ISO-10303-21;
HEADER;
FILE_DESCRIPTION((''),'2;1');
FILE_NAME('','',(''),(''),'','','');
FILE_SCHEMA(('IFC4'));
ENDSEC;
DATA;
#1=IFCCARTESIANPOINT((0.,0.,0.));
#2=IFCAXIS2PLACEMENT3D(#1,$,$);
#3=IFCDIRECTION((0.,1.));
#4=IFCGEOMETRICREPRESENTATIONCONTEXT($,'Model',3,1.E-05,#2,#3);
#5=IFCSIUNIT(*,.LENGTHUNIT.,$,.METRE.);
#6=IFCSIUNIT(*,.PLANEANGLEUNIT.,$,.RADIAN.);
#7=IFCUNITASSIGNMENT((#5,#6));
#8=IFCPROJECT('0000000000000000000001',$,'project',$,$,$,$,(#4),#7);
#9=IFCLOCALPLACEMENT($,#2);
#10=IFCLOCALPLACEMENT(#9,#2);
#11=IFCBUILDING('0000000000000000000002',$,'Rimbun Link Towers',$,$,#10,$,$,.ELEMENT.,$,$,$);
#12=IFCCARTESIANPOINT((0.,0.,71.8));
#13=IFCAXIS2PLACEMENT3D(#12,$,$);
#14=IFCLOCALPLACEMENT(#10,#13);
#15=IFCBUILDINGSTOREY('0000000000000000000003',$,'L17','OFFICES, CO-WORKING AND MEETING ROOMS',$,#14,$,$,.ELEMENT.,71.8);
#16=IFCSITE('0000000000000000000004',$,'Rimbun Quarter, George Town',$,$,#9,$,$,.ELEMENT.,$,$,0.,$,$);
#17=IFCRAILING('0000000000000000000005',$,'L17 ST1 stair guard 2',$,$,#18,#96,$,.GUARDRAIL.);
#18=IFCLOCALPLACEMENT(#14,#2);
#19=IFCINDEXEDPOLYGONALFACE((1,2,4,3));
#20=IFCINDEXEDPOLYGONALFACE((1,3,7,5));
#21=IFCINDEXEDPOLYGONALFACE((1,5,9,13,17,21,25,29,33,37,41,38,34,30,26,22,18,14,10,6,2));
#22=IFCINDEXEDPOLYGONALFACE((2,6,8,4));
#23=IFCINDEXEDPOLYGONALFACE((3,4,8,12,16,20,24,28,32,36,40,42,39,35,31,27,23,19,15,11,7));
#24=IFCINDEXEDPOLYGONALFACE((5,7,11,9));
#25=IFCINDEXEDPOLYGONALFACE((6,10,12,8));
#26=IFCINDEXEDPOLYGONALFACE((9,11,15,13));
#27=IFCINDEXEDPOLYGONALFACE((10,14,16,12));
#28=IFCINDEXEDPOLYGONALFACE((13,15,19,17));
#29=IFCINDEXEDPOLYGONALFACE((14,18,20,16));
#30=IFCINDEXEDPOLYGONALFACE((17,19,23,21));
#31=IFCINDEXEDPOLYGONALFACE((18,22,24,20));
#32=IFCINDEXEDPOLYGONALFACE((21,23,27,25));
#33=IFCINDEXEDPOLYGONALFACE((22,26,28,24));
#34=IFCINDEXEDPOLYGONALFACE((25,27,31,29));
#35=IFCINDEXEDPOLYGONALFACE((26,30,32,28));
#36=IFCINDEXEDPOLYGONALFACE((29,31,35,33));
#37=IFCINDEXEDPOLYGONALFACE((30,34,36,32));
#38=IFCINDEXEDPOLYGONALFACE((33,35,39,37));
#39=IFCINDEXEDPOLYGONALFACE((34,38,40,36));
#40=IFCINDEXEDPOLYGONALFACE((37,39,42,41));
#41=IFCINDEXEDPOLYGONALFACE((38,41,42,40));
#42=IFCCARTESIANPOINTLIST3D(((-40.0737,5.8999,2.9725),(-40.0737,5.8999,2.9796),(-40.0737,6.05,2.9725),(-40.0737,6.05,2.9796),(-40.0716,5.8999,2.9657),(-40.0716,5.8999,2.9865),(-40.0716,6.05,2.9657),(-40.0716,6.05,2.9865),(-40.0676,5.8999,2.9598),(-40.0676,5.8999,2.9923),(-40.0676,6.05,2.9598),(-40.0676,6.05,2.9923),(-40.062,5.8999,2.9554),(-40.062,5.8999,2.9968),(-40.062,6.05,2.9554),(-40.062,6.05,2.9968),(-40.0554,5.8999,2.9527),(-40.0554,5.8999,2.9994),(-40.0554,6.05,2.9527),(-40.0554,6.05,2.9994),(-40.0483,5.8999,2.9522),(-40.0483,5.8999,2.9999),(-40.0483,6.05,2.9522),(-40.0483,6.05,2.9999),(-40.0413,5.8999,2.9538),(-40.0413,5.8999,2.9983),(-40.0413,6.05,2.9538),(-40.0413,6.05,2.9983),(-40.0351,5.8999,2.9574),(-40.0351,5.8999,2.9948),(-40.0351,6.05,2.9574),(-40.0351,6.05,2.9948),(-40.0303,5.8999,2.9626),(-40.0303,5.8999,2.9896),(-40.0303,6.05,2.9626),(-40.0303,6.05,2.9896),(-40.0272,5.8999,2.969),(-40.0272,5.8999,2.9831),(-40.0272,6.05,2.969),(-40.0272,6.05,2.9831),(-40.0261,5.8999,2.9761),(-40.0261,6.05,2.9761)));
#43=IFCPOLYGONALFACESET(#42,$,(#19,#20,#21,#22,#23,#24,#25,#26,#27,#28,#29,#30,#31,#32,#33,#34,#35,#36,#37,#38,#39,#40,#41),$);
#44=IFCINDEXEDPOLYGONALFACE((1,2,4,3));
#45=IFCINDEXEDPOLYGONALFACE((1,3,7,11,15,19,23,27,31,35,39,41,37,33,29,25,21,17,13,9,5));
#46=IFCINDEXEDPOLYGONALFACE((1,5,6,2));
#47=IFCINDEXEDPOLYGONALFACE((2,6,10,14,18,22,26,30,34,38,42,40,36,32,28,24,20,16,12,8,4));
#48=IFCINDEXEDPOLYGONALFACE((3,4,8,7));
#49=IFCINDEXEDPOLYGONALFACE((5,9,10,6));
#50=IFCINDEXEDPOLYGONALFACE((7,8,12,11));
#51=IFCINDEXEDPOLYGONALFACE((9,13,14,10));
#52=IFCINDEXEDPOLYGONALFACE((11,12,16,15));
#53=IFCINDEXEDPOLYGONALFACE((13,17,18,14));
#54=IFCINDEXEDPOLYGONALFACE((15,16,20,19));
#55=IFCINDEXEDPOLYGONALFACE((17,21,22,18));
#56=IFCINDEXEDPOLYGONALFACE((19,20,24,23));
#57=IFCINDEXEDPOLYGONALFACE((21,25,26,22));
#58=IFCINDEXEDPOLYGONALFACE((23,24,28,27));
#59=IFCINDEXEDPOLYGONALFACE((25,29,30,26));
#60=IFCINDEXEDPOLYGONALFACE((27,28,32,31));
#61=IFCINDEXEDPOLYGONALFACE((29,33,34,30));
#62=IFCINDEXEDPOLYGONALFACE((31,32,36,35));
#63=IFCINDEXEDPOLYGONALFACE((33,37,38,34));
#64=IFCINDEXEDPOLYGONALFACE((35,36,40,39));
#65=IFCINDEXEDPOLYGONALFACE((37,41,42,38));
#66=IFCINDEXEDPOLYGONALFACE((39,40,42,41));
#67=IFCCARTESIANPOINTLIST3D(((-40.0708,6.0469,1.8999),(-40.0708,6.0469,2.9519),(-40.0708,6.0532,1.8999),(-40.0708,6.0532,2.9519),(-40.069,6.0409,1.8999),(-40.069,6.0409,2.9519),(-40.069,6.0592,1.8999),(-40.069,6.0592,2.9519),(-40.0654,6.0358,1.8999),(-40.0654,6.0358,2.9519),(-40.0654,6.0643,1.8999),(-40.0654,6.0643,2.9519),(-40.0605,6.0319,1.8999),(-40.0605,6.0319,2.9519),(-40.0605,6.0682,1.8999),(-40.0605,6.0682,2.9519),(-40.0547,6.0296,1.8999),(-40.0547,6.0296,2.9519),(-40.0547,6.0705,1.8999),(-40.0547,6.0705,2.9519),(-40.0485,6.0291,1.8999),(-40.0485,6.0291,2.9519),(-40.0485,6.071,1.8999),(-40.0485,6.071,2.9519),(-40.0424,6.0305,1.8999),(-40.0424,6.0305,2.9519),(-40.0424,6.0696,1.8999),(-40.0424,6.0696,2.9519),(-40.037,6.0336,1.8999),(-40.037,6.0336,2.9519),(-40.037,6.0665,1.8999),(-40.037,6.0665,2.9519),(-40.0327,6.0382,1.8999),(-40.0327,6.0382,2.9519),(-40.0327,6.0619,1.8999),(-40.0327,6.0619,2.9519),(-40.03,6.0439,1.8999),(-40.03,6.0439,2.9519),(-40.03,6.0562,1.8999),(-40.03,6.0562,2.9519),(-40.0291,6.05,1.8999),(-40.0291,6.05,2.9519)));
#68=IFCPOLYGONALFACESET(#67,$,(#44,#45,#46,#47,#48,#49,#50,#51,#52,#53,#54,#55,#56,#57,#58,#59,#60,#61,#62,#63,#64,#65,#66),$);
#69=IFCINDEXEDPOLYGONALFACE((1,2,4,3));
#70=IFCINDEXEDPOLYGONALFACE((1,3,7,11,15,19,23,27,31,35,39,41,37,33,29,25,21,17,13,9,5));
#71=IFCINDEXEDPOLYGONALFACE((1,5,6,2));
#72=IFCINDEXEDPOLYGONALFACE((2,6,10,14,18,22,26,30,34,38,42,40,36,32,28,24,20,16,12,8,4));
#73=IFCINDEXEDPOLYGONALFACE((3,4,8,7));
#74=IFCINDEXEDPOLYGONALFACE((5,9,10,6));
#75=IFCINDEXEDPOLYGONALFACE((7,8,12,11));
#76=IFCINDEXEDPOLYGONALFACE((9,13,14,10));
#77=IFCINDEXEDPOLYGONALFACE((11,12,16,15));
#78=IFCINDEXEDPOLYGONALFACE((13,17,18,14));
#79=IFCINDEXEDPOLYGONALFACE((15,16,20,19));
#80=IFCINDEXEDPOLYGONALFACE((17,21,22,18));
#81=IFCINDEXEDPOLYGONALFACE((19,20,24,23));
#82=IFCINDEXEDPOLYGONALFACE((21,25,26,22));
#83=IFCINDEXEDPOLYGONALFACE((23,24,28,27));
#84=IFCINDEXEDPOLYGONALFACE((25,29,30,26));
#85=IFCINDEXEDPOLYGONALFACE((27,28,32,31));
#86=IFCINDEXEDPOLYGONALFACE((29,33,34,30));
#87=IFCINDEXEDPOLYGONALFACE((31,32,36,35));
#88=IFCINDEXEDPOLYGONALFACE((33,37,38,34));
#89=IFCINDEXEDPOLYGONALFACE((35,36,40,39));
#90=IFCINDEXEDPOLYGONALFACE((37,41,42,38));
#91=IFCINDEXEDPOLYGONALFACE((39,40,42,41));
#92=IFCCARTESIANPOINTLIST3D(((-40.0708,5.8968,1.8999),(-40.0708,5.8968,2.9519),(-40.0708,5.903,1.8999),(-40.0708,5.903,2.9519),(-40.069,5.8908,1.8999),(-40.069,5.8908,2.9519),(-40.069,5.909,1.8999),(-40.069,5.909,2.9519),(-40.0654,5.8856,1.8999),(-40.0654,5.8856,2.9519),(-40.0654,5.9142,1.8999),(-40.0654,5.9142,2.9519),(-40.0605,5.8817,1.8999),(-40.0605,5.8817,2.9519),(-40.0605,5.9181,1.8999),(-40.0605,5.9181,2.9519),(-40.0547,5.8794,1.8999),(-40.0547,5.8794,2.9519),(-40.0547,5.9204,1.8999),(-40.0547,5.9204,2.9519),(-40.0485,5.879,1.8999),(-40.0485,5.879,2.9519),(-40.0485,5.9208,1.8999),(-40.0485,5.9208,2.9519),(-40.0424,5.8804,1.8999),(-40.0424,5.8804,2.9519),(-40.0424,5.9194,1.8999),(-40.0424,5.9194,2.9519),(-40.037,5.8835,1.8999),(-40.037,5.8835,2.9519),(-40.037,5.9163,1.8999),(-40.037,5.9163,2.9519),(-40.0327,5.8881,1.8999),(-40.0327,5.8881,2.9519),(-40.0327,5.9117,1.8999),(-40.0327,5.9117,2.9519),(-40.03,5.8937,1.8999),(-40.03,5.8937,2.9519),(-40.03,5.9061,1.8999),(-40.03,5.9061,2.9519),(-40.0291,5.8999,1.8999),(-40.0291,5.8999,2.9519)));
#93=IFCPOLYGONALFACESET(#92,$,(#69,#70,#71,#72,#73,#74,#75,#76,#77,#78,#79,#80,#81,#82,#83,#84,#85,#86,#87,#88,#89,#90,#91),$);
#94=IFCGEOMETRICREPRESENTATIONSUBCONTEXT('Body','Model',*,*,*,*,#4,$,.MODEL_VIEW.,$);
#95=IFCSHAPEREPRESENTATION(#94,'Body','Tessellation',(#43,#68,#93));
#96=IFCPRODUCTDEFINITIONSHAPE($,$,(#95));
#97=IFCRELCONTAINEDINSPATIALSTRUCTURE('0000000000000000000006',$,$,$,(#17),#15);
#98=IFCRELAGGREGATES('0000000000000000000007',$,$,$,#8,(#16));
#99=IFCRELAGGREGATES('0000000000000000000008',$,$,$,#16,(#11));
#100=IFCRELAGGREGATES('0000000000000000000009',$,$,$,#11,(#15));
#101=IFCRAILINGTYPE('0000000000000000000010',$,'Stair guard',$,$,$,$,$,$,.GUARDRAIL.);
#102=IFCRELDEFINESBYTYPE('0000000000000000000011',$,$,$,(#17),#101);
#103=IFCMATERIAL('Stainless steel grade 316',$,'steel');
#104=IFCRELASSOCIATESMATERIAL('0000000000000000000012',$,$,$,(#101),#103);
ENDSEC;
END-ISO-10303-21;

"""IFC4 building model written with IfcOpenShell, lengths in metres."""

from ifc_helpers import new_model, si_unit, direction, frame, origin, origin_2d, place, context, subcontext, project, spatial, circle, extrude, material, type_object, element, save


model = new_model("IFC4")

# Units and contexts
model_context = context("Model", 3, precision=1e-05, world=origin(), true_north=direction((0.0, 1.0)))
body_context = subcontext(model_context, "Body", "Model", "MODEL_VIEW")
ifc_project = project(units=[si_unit("LENGTHUNIT", "METRE"), si_unit("PLANEANGLEUNIT", "RADIAN")], contexts=[model_context])

# Site, building, storey
site_placement = place(None, origin())
site = spatial("IfcSite", under=ifc_project, at=site_placement, Name="Rimbun Quarter, George Town", CompositionType="ELEMENT", RefElevation=0.0)
building_placement = place(site_placement, origin())
building = spatial("IfcBuilding", under=site, at=building_placement, Name="Rimbun Link Towers", CompositionType="ELEMENT")
storey_placement = place(building_placement, frame((0.0, 0.0, 71.8)))
storey = spatial("IfcBuildingStorey", under=building, at=storey_placement, Name="L17", Description="OFFICES, CO-WORKING AND MEETING ROOMS", CompositionType="ELEMENT", Elevation=71.8)

# Railing
ifc_material_1 = material(Name="Stainless steel grade 316", Category="steel")
railing_type_1 = type_object("IfcRailingType", Name="Stair guard", PredefinedType="GUARDRAIL", material=ifc_material_1)
railing_1_placement = place(storey_placement, frame((-40.05, 6.05, 1.8999)))
element("IfcRailing", 1, at=railing_1_placement, inside=storey, type_object=railing_type_1, Name="L17 ST1 stair guard 2", PredefinedType="GUARDRAIL", context=body_context, shape_type="SweptSolid", body=[
    extrude(circle(Radius=0.0239, at=origin_2d()), frame((0.0, 0.0, 1.0762), z_axis=(0.0, -1.0, 0.0), x_axis=(1.0, 0.0, 0.0)), (0.0, 0.0, 1.0), 0.1501),
    extrude(circle(Radius=0.021, at=origin_2d()), origin(), (0.0, 0.0, 1.0), 1.052),
    extrude(circle(Radius=0.021, at=origin_2d()), frame((0.0, -0.1501, 0.0)), (0.0, 0.0, 1.0), 1.052),
])

save(model, "model.ifc")
